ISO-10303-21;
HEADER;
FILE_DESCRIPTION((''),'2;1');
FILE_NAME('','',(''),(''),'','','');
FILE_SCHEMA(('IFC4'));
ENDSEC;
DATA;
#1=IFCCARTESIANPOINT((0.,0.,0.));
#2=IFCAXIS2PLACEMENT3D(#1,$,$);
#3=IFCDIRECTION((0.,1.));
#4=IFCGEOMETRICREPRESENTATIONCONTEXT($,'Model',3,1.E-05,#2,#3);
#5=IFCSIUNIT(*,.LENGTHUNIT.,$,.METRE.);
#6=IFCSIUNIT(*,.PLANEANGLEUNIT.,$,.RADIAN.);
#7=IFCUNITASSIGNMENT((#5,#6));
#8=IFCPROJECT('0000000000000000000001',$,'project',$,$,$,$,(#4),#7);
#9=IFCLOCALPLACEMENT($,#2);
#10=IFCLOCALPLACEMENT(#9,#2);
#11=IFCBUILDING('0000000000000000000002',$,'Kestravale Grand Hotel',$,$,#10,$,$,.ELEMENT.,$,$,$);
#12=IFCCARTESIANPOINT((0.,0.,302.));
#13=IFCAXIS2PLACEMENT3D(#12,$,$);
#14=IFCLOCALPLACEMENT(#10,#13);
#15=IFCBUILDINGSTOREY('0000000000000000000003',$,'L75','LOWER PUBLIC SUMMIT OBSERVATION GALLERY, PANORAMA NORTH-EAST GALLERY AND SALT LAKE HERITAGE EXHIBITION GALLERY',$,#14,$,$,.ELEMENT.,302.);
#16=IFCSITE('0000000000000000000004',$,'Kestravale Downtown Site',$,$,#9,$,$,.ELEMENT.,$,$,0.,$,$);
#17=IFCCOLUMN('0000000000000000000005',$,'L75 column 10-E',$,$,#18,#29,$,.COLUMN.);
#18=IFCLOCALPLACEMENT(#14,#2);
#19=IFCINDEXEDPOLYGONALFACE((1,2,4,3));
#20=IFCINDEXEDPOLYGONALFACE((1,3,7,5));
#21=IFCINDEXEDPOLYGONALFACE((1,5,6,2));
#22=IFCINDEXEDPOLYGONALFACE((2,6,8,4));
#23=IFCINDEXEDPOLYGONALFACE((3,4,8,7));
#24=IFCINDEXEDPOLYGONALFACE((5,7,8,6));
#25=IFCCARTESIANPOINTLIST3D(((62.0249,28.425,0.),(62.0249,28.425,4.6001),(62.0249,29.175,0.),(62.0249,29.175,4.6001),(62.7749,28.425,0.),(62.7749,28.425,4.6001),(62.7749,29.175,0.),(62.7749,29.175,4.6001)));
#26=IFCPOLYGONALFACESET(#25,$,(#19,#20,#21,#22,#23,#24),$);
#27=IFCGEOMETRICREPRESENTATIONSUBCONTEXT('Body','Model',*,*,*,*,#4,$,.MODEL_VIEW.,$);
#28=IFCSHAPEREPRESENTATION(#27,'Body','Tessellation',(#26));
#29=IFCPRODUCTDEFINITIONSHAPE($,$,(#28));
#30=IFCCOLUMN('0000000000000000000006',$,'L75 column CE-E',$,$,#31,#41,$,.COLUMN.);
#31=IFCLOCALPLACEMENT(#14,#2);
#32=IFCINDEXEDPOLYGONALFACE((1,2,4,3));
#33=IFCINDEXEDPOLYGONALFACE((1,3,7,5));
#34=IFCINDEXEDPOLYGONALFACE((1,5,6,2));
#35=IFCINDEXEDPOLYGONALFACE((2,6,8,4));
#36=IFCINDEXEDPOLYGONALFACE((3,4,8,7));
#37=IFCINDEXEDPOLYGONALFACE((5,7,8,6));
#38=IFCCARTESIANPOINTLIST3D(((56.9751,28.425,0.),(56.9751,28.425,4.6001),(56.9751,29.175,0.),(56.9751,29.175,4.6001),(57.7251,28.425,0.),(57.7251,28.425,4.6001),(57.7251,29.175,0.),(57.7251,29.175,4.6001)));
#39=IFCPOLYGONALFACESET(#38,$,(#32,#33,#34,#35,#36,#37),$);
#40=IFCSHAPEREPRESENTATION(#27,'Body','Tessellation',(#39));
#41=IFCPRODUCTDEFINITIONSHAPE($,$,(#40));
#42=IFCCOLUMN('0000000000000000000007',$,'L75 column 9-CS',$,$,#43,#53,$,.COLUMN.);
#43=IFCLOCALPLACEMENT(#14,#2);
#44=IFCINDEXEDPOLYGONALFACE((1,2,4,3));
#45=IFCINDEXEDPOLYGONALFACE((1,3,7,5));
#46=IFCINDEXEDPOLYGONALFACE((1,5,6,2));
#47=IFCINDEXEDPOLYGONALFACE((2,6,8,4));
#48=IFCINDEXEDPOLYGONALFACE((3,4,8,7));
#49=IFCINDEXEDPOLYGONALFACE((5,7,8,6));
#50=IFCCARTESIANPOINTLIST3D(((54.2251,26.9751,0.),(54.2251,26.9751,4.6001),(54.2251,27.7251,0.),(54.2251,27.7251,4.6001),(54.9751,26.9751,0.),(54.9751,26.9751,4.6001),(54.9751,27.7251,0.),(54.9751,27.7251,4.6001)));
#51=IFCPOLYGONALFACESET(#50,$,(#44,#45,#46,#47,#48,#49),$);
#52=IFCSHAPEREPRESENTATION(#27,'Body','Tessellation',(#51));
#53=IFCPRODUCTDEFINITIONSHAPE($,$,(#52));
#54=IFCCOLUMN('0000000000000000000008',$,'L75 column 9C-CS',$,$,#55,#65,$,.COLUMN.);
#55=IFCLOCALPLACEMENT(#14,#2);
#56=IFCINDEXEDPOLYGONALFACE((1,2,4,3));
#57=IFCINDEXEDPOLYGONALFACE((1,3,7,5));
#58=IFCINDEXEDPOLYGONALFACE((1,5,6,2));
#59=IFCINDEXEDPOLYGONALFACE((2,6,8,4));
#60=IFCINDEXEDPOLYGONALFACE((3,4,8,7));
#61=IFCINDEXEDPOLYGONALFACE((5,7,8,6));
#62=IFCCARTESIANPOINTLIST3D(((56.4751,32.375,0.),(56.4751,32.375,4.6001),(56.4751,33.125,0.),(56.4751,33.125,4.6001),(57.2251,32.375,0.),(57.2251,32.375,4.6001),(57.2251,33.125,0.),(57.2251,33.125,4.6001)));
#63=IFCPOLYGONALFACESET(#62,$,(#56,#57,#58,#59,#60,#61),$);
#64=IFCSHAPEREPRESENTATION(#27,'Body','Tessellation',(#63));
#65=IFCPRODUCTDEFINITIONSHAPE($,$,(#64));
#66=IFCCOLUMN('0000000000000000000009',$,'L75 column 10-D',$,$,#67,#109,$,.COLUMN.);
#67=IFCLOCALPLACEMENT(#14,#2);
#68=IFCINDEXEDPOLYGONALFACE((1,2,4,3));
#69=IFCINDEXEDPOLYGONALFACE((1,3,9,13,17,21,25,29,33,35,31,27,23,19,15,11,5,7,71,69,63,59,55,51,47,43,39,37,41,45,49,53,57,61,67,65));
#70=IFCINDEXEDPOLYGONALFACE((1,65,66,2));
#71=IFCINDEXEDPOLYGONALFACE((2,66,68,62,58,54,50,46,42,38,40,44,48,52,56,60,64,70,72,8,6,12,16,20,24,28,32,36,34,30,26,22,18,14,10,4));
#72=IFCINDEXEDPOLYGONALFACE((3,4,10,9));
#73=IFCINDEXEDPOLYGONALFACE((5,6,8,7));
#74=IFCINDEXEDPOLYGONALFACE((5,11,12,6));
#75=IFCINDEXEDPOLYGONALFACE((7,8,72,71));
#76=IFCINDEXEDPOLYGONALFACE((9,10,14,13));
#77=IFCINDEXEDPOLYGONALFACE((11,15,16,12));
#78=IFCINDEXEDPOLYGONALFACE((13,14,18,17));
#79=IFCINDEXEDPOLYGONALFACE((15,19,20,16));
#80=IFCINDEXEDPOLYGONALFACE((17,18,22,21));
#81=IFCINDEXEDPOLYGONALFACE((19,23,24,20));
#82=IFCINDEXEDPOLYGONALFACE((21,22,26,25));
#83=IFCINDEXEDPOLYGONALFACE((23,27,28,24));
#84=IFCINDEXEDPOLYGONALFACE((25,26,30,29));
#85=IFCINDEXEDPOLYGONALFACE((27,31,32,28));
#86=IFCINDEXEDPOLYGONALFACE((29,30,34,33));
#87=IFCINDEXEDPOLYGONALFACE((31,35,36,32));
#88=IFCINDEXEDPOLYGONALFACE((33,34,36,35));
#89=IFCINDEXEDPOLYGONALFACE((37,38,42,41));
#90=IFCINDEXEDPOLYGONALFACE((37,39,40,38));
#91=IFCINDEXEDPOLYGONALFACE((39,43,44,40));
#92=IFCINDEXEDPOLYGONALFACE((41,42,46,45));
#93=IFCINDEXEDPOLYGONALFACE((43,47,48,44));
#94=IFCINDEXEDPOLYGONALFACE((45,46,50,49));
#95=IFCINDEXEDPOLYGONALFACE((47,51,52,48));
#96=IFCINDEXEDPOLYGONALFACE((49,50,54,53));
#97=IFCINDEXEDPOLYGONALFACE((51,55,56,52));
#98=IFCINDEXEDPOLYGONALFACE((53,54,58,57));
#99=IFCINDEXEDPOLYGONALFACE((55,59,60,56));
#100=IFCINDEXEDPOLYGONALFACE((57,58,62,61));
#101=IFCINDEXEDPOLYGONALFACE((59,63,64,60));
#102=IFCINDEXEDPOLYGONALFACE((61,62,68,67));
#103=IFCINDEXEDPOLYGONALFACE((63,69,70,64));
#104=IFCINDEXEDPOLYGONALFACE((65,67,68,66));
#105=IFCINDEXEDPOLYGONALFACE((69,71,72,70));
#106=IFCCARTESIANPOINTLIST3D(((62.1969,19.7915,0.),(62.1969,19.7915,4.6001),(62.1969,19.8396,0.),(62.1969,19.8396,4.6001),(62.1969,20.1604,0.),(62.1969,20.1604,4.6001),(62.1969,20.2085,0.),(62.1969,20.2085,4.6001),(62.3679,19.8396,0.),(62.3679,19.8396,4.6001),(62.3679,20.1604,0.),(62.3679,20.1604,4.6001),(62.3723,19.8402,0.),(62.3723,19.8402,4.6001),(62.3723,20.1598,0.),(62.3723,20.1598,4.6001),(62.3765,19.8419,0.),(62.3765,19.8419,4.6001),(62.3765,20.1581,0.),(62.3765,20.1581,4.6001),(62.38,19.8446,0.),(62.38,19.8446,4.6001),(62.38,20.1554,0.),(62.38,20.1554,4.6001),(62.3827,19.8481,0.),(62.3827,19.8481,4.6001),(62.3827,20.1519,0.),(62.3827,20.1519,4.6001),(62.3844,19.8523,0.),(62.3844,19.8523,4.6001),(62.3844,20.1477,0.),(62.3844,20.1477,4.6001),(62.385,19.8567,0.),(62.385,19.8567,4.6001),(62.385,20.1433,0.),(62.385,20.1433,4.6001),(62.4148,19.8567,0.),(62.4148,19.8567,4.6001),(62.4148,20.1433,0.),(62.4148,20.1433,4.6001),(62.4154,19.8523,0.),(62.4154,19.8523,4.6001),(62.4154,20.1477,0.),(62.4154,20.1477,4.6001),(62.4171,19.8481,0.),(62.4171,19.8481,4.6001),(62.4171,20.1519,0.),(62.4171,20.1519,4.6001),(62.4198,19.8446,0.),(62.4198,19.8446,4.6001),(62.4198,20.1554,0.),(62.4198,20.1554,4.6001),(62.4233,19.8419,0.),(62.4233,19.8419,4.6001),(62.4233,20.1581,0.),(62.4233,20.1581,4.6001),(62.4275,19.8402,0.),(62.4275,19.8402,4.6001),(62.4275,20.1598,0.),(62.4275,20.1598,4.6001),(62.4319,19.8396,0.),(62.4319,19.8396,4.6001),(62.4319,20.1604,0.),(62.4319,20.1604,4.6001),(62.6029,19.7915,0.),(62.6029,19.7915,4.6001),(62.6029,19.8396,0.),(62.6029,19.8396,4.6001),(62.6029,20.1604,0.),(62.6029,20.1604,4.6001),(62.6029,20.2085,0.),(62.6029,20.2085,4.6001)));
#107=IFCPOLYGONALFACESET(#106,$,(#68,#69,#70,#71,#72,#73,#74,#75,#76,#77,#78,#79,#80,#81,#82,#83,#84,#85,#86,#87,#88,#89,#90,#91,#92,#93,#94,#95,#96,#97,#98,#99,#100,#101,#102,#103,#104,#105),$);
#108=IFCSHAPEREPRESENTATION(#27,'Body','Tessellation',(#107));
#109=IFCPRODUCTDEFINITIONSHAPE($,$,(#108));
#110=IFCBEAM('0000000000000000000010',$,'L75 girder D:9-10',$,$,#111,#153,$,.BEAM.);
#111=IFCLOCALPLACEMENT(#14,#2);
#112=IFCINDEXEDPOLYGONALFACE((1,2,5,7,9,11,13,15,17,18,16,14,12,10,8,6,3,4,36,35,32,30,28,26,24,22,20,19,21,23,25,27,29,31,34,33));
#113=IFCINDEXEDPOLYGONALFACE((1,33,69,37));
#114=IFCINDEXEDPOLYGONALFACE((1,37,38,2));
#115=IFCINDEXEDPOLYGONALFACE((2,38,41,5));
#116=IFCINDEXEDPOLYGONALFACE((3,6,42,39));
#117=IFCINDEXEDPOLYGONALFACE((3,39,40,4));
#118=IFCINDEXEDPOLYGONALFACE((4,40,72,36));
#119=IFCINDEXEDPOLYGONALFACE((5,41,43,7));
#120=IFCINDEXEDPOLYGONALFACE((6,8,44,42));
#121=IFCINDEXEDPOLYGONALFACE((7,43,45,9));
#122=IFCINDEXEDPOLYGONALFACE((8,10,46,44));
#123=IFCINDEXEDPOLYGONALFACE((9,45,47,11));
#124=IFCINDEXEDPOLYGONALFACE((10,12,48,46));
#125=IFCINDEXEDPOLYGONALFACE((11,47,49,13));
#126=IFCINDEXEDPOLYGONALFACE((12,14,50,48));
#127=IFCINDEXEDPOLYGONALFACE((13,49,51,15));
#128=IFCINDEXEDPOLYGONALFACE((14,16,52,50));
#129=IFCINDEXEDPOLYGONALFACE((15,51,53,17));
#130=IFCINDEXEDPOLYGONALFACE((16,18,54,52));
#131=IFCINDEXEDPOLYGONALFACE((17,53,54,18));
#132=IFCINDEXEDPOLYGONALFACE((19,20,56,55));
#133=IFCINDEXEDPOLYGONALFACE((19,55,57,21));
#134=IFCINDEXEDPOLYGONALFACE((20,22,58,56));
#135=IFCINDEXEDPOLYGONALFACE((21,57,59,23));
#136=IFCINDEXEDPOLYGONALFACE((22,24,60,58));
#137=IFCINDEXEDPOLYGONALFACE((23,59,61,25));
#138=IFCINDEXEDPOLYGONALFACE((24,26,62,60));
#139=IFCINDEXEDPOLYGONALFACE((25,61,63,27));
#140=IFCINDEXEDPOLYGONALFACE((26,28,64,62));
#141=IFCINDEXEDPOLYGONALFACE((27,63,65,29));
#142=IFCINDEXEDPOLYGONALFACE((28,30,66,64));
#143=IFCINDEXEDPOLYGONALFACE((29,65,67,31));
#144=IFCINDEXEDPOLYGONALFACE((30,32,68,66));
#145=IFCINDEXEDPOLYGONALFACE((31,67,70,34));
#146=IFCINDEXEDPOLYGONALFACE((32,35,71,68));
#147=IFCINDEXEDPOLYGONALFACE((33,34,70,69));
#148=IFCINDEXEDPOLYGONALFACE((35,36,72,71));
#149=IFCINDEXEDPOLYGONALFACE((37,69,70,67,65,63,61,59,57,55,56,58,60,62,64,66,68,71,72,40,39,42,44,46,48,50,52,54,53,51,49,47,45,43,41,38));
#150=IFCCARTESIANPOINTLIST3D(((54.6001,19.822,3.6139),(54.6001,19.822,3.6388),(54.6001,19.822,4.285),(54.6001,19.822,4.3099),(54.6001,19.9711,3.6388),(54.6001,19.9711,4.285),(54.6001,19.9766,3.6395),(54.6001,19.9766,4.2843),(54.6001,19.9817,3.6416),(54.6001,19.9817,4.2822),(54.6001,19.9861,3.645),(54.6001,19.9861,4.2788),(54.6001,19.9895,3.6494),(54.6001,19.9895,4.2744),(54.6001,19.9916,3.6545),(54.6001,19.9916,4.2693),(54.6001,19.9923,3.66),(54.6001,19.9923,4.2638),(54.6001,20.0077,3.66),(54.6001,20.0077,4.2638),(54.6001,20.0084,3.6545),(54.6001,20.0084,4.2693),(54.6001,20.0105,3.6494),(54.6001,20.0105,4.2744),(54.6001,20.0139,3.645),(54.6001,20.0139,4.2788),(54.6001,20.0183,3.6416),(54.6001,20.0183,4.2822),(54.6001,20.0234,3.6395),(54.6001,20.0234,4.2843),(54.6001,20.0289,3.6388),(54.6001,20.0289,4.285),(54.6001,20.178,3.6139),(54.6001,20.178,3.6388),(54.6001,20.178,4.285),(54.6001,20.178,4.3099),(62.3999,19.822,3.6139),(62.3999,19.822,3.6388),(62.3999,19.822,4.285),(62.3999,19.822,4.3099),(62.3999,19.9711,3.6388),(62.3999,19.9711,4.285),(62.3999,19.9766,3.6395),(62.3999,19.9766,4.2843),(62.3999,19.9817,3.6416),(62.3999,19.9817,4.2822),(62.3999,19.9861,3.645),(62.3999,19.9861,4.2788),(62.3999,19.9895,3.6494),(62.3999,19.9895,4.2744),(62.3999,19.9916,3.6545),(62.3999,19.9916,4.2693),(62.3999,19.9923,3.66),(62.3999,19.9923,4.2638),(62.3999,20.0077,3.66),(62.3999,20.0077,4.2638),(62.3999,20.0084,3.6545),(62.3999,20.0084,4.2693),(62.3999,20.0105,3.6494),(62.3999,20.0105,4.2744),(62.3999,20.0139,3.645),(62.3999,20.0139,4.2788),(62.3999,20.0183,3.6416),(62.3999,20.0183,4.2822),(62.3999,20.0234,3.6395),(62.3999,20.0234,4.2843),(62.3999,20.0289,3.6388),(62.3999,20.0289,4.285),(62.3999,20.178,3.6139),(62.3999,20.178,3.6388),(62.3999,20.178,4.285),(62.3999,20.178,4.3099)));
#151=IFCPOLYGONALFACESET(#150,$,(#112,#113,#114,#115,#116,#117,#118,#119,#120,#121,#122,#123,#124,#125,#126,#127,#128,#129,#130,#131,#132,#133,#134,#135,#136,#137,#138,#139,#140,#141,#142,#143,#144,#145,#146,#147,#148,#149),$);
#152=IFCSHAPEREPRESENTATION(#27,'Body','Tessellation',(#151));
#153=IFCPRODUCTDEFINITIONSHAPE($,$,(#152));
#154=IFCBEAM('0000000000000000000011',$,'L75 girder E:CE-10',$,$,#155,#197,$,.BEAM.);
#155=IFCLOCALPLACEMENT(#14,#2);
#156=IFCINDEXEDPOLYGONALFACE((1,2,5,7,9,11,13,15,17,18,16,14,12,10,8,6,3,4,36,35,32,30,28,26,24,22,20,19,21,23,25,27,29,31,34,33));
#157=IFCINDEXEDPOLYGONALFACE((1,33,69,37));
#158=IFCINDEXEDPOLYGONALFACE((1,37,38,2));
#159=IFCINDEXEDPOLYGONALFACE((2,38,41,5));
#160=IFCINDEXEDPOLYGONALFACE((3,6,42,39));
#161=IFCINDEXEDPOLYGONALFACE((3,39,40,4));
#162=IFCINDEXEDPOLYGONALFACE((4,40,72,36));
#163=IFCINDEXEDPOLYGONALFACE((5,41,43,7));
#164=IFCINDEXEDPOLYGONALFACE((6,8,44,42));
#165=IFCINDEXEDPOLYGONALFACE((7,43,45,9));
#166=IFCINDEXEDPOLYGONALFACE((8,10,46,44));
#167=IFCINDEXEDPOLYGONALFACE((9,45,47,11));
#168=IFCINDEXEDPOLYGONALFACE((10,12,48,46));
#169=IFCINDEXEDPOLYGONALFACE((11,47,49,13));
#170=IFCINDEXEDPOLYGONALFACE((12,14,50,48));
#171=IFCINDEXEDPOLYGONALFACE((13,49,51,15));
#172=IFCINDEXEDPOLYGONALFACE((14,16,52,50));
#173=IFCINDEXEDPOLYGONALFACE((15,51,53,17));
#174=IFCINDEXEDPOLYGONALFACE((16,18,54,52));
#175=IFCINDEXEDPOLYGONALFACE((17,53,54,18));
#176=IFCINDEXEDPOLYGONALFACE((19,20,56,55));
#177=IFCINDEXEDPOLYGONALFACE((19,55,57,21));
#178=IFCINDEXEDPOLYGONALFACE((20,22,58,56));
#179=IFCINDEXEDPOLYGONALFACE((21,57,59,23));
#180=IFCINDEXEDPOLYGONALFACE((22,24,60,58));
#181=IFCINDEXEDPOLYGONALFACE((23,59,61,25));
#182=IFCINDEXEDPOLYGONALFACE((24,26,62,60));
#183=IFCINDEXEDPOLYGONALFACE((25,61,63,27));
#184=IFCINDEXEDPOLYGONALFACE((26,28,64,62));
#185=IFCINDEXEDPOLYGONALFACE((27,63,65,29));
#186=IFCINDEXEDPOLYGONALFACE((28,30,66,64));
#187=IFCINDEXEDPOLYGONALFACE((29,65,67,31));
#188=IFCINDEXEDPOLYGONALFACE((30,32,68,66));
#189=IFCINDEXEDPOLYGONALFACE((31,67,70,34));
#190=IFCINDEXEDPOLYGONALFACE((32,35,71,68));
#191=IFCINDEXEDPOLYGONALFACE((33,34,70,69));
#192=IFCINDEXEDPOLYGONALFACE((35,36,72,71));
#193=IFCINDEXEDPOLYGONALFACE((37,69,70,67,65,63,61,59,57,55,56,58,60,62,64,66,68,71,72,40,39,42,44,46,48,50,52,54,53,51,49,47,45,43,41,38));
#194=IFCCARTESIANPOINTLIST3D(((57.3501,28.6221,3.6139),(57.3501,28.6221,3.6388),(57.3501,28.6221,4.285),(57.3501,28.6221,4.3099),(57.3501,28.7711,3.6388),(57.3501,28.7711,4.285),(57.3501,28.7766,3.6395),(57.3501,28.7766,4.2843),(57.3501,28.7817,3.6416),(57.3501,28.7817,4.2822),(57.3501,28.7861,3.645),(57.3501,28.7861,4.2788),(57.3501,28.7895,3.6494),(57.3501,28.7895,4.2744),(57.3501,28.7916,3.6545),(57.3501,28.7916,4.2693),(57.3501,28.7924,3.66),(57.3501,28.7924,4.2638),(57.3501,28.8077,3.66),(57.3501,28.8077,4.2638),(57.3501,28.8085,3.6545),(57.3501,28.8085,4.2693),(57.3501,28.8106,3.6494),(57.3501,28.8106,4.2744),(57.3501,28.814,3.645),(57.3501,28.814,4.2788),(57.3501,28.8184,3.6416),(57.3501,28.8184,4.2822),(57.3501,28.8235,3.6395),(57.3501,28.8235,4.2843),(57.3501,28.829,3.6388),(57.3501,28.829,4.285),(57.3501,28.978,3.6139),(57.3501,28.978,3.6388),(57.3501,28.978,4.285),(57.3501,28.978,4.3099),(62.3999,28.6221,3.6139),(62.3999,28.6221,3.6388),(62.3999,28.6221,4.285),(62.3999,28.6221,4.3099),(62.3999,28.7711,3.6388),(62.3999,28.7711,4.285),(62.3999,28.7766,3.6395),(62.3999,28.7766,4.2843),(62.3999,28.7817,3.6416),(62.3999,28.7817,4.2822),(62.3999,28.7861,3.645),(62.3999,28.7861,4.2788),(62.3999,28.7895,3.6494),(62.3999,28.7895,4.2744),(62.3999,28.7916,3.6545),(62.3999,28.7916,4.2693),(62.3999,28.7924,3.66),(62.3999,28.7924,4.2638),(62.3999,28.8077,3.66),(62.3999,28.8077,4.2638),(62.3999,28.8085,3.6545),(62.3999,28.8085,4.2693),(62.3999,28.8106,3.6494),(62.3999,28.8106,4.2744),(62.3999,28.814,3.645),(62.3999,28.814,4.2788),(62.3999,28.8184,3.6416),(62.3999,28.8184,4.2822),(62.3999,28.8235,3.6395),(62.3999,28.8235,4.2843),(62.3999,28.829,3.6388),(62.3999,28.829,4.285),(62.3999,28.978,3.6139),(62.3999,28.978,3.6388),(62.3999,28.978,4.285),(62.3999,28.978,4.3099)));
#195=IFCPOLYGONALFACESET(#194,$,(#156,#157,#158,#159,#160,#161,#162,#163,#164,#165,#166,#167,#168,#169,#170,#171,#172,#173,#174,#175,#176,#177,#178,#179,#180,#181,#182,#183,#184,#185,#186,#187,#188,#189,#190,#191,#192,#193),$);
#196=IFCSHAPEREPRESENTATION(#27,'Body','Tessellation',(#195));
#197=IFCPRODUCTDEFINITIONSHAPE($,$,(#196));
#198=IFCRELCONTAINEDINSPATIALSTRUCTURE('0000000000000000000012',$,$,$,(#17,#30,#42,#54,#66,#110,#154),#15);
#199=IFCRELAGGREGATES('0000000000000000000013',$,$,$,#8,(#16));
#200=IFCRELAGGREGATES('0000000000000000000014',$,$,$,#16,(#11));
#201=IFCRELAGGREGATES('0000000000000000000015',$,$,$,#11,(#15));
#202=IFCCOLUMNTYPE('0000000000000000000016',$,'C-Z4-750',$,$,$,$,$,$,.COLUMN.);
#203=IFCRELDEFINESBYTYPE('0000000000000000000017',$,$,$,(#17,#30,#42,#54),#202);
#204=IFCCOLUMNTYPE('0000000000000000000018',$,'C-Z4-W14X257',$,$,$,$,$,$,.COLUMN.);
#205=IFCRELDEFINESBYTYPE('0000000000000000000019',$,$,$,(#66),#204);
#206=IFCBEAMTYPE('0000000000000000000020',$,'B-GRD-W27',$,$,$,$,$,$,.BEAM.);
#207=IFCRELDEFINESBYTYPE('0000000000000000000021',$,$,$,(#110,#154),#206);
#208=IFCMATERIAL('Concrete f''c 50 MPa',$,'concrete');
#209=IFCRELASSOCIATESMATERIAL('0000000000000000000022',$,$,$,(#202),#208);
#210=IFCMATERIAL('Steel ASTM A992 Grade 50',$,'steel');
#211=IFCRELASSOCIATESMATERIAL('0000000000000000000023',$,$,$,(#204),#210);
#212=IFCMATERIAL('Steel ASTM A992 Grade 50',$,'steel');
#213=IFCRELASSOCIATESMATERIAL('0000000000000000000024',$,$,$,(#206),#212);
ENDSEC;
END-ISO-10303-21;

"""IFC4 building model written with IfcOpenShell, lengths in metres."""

from ifc_helpers import new_model, si_unit, direction, frame, origin, origin_2d, place, context, subcontext, project, spatial, rectangle, i_section, extrude, material, material_profile, profile_set, type_object, element, save


model = new_model("IFC4")

# Units and contexts
model_context = context("Model", 3, precision=1e-05, world=origin(), true_north=direction((0.0, 1.0)))
body_context = subcontext(model_context, "Body", "Model", "MODEL_VIEW")
ifc_project = project(units=[si_unit("LENGTHUNIT", "METRE"), si_unit("PLANEANGLEUNIT", "RADIAN")], contexts=[model_context])

# Site, building, storey
site_placement = place(None, origin())
site = spatial("IfcSite", under=ifc_project, at=site_placement, Name="Kestravale Downtown Site", CompositionType="ELEMENT", RefElevation=0.0)
building_placement = place(site_placement, origin())
building = spatial("IfcBuilding", under=site, at=building_placement, Name="Kestravale Grand Hotel", CompositionType="ELEMENT")
storey_placement = place(building_placement, frame((0.0, 0.0, 302.0)))
storey = spatial("IfcBuildingStorey", under=building, at=storey_placement, Name="L75", Description="LOWER PUBLIC SUMMIT OBSERVATION GALLERY, PANORAMA NORTH-EAST GALLERY AND SALT LAKE HERITAGE EXHIBITION GALLERY", CompositionType="ELEMENT", Elevation=302.0)

# Columns
ifc_material_1 = material(Name="Concrete f'c 50 MPa", Category="concrete")
ifc_material_profile_1 = material_profile(ifc_material_1, rectangle(XDim=0.75, YDim=0.75, at=origin_2d()))
ifc_profile_set_1 = profile_set([ifc_material_profile_1], Name="Concrete f'c 50 MPa")
column_type_1 = type_object("IfcColumnType", Name="C-Z4-750", PredefinedType="COLUMN", material=ifc_profile_set_1)
for number, where, z_axis, x_axis, name in (
    (1, (62.3999, 28.8, 0.0), (0.0, 0.0, 1.0), (1.0, 0.0, 0.0), "L75 column 10-E"),
    (2, (57.3501, 28.8, 0.0), (0.0, 0.0, 1.0), (1.0, 0.0, 0.0), "L75 column CE-E"),
    (3, (54.6001, 27.3501, 0.0), (0.0, 0.0, 1.0), (1.0, 0.0, 0.0), "L75 column 9-CS"),
    (4, (56.8501, 32.75, 0.0), (0.0, 0.0, 1.0), (1.0, 0.0, 0.0), "L75 column 9C-CS"),
):
    element("IfcColumn", number, at=place(storey_placement, frame(where, z_axis=z_axis, x_axis=x_axis)), inside=storey, type_object=column_type_1, Name=name, PredefinedType="COLUMN", context=body_context, shape_type="SweptSolid", body=[
        extrude(rectangle(XDim=0.75, YDim=0.75, at=origin_2d()), origin(), (0.0, 0.0, 1.0), 4.6001),
    ])
ifc_material_2 = material(Name="Steel ASTM A992 Grade 50", Category="steel")
ifc_material_profile_2 = material_profile(ifc_material_2, i_section(OverallWidth=0.406, OverallDepth=0.417, WebThickness=0.0298, FlangeThickness=0.0481, FilletRadius=0.0171, at=origin_2d()))
ifc_profile_set_2 = profile_set([ifc_material_profile_2], Name="Steel ASTM A992 Grade 50")
column_type_2 = type_object("IfcColumnType", Name="C-Z4-W14X257", PredefinedType="COLUMN", material=ifc_profile_set_2)
column_placement = place(storey_placement, frame((62.3999, 20.0, 0.0), z_axis=(0.0, 0.0, 1.0), x_axis=(1.0, 0.0, 0.0)))
element("IfcColumn", 5, at=column_placement, inside=storey, type_object=column_type_2, Name="L75 column 10-D", PredefinedType="COLUMN", context=body_context, shape_type="SweptSolid", body=[
    extrude(i_section(OverallWidth=0.406, OverallDepth=0.417, WebThickness=0.0298, FlangeThickness=0.0481, FilletRadius=0.0171, at=origin_2d()), origin(), (0.0, 0.0, 1.0), 4.6001),
])

# Beams
ifc_material_3 = material(Name="Steel ASTM A992 Grade 50", Category="steel")
ifc_material_profile_3 = material_profile(ifc_material_3, i_section(OverallWidth=0.356, OverallDepth=0.696, WebThickness=0.0154, FlangeThickness=0.0249, FilletRadius=0.0212, at=origin_2d()))
ifc_profile_set_3 = profile_set([ifc_material_profile_3], Name="Steel ASTM A992 Grade 50")
beam_type = type_object("IfcBeamType", Name="B-GRD-W27", PredefinedType="BEAM", material=ifc_profile_set_3)
beam_1_placement = place(storey_placement, frame((54.6001, 20.0, 3.9619), z_axis=(1.0, 0.0, 0.0), x_axis=(0.0, 1.0, 0.0)))
element("IfcBeam", 6, at=beam_1_placement, inside=storey, type_object=beam_type, Name="L75 girder D:9-10", PredefinedType="BEAM", context=body_context, shape_type="SweptSolid", body=[
    extrude(i_section(OverallWidth=0.356, OverallDepth=0.696, WebThickness=0.0154, FlangeThickness=0.0249, FilletRadius=0.0212, at=origin_2d()), origin(), (0.0, 0.0, 1.0), 7.7998),
])
beam_2_placement = place(storey_placement, frame((57.3501, 28.8, 3.9619), z_axis=(1.0, 0.0, 0.0), x_axis=(0.0, 1.0, 0.0)))
element("IfcBeam", 7, at=beam_2_placement, inside=storey, type_object=beam_type, Name="L75 girder E:CE-10", PredefinedType="BEAM", context=body_context, shape_type="SweptSolid", body=[
    extrude(i_section(OverallWidth=0.356, OverallDepth=0.696, WebThickness=0.0154, FlangeThickness=0.0249, FilletRadius=0.0212, at=origin_2d()), origin(), (0.0, 0.0, 1.0), 5.0498),
])

save(model, "model.ifc")
